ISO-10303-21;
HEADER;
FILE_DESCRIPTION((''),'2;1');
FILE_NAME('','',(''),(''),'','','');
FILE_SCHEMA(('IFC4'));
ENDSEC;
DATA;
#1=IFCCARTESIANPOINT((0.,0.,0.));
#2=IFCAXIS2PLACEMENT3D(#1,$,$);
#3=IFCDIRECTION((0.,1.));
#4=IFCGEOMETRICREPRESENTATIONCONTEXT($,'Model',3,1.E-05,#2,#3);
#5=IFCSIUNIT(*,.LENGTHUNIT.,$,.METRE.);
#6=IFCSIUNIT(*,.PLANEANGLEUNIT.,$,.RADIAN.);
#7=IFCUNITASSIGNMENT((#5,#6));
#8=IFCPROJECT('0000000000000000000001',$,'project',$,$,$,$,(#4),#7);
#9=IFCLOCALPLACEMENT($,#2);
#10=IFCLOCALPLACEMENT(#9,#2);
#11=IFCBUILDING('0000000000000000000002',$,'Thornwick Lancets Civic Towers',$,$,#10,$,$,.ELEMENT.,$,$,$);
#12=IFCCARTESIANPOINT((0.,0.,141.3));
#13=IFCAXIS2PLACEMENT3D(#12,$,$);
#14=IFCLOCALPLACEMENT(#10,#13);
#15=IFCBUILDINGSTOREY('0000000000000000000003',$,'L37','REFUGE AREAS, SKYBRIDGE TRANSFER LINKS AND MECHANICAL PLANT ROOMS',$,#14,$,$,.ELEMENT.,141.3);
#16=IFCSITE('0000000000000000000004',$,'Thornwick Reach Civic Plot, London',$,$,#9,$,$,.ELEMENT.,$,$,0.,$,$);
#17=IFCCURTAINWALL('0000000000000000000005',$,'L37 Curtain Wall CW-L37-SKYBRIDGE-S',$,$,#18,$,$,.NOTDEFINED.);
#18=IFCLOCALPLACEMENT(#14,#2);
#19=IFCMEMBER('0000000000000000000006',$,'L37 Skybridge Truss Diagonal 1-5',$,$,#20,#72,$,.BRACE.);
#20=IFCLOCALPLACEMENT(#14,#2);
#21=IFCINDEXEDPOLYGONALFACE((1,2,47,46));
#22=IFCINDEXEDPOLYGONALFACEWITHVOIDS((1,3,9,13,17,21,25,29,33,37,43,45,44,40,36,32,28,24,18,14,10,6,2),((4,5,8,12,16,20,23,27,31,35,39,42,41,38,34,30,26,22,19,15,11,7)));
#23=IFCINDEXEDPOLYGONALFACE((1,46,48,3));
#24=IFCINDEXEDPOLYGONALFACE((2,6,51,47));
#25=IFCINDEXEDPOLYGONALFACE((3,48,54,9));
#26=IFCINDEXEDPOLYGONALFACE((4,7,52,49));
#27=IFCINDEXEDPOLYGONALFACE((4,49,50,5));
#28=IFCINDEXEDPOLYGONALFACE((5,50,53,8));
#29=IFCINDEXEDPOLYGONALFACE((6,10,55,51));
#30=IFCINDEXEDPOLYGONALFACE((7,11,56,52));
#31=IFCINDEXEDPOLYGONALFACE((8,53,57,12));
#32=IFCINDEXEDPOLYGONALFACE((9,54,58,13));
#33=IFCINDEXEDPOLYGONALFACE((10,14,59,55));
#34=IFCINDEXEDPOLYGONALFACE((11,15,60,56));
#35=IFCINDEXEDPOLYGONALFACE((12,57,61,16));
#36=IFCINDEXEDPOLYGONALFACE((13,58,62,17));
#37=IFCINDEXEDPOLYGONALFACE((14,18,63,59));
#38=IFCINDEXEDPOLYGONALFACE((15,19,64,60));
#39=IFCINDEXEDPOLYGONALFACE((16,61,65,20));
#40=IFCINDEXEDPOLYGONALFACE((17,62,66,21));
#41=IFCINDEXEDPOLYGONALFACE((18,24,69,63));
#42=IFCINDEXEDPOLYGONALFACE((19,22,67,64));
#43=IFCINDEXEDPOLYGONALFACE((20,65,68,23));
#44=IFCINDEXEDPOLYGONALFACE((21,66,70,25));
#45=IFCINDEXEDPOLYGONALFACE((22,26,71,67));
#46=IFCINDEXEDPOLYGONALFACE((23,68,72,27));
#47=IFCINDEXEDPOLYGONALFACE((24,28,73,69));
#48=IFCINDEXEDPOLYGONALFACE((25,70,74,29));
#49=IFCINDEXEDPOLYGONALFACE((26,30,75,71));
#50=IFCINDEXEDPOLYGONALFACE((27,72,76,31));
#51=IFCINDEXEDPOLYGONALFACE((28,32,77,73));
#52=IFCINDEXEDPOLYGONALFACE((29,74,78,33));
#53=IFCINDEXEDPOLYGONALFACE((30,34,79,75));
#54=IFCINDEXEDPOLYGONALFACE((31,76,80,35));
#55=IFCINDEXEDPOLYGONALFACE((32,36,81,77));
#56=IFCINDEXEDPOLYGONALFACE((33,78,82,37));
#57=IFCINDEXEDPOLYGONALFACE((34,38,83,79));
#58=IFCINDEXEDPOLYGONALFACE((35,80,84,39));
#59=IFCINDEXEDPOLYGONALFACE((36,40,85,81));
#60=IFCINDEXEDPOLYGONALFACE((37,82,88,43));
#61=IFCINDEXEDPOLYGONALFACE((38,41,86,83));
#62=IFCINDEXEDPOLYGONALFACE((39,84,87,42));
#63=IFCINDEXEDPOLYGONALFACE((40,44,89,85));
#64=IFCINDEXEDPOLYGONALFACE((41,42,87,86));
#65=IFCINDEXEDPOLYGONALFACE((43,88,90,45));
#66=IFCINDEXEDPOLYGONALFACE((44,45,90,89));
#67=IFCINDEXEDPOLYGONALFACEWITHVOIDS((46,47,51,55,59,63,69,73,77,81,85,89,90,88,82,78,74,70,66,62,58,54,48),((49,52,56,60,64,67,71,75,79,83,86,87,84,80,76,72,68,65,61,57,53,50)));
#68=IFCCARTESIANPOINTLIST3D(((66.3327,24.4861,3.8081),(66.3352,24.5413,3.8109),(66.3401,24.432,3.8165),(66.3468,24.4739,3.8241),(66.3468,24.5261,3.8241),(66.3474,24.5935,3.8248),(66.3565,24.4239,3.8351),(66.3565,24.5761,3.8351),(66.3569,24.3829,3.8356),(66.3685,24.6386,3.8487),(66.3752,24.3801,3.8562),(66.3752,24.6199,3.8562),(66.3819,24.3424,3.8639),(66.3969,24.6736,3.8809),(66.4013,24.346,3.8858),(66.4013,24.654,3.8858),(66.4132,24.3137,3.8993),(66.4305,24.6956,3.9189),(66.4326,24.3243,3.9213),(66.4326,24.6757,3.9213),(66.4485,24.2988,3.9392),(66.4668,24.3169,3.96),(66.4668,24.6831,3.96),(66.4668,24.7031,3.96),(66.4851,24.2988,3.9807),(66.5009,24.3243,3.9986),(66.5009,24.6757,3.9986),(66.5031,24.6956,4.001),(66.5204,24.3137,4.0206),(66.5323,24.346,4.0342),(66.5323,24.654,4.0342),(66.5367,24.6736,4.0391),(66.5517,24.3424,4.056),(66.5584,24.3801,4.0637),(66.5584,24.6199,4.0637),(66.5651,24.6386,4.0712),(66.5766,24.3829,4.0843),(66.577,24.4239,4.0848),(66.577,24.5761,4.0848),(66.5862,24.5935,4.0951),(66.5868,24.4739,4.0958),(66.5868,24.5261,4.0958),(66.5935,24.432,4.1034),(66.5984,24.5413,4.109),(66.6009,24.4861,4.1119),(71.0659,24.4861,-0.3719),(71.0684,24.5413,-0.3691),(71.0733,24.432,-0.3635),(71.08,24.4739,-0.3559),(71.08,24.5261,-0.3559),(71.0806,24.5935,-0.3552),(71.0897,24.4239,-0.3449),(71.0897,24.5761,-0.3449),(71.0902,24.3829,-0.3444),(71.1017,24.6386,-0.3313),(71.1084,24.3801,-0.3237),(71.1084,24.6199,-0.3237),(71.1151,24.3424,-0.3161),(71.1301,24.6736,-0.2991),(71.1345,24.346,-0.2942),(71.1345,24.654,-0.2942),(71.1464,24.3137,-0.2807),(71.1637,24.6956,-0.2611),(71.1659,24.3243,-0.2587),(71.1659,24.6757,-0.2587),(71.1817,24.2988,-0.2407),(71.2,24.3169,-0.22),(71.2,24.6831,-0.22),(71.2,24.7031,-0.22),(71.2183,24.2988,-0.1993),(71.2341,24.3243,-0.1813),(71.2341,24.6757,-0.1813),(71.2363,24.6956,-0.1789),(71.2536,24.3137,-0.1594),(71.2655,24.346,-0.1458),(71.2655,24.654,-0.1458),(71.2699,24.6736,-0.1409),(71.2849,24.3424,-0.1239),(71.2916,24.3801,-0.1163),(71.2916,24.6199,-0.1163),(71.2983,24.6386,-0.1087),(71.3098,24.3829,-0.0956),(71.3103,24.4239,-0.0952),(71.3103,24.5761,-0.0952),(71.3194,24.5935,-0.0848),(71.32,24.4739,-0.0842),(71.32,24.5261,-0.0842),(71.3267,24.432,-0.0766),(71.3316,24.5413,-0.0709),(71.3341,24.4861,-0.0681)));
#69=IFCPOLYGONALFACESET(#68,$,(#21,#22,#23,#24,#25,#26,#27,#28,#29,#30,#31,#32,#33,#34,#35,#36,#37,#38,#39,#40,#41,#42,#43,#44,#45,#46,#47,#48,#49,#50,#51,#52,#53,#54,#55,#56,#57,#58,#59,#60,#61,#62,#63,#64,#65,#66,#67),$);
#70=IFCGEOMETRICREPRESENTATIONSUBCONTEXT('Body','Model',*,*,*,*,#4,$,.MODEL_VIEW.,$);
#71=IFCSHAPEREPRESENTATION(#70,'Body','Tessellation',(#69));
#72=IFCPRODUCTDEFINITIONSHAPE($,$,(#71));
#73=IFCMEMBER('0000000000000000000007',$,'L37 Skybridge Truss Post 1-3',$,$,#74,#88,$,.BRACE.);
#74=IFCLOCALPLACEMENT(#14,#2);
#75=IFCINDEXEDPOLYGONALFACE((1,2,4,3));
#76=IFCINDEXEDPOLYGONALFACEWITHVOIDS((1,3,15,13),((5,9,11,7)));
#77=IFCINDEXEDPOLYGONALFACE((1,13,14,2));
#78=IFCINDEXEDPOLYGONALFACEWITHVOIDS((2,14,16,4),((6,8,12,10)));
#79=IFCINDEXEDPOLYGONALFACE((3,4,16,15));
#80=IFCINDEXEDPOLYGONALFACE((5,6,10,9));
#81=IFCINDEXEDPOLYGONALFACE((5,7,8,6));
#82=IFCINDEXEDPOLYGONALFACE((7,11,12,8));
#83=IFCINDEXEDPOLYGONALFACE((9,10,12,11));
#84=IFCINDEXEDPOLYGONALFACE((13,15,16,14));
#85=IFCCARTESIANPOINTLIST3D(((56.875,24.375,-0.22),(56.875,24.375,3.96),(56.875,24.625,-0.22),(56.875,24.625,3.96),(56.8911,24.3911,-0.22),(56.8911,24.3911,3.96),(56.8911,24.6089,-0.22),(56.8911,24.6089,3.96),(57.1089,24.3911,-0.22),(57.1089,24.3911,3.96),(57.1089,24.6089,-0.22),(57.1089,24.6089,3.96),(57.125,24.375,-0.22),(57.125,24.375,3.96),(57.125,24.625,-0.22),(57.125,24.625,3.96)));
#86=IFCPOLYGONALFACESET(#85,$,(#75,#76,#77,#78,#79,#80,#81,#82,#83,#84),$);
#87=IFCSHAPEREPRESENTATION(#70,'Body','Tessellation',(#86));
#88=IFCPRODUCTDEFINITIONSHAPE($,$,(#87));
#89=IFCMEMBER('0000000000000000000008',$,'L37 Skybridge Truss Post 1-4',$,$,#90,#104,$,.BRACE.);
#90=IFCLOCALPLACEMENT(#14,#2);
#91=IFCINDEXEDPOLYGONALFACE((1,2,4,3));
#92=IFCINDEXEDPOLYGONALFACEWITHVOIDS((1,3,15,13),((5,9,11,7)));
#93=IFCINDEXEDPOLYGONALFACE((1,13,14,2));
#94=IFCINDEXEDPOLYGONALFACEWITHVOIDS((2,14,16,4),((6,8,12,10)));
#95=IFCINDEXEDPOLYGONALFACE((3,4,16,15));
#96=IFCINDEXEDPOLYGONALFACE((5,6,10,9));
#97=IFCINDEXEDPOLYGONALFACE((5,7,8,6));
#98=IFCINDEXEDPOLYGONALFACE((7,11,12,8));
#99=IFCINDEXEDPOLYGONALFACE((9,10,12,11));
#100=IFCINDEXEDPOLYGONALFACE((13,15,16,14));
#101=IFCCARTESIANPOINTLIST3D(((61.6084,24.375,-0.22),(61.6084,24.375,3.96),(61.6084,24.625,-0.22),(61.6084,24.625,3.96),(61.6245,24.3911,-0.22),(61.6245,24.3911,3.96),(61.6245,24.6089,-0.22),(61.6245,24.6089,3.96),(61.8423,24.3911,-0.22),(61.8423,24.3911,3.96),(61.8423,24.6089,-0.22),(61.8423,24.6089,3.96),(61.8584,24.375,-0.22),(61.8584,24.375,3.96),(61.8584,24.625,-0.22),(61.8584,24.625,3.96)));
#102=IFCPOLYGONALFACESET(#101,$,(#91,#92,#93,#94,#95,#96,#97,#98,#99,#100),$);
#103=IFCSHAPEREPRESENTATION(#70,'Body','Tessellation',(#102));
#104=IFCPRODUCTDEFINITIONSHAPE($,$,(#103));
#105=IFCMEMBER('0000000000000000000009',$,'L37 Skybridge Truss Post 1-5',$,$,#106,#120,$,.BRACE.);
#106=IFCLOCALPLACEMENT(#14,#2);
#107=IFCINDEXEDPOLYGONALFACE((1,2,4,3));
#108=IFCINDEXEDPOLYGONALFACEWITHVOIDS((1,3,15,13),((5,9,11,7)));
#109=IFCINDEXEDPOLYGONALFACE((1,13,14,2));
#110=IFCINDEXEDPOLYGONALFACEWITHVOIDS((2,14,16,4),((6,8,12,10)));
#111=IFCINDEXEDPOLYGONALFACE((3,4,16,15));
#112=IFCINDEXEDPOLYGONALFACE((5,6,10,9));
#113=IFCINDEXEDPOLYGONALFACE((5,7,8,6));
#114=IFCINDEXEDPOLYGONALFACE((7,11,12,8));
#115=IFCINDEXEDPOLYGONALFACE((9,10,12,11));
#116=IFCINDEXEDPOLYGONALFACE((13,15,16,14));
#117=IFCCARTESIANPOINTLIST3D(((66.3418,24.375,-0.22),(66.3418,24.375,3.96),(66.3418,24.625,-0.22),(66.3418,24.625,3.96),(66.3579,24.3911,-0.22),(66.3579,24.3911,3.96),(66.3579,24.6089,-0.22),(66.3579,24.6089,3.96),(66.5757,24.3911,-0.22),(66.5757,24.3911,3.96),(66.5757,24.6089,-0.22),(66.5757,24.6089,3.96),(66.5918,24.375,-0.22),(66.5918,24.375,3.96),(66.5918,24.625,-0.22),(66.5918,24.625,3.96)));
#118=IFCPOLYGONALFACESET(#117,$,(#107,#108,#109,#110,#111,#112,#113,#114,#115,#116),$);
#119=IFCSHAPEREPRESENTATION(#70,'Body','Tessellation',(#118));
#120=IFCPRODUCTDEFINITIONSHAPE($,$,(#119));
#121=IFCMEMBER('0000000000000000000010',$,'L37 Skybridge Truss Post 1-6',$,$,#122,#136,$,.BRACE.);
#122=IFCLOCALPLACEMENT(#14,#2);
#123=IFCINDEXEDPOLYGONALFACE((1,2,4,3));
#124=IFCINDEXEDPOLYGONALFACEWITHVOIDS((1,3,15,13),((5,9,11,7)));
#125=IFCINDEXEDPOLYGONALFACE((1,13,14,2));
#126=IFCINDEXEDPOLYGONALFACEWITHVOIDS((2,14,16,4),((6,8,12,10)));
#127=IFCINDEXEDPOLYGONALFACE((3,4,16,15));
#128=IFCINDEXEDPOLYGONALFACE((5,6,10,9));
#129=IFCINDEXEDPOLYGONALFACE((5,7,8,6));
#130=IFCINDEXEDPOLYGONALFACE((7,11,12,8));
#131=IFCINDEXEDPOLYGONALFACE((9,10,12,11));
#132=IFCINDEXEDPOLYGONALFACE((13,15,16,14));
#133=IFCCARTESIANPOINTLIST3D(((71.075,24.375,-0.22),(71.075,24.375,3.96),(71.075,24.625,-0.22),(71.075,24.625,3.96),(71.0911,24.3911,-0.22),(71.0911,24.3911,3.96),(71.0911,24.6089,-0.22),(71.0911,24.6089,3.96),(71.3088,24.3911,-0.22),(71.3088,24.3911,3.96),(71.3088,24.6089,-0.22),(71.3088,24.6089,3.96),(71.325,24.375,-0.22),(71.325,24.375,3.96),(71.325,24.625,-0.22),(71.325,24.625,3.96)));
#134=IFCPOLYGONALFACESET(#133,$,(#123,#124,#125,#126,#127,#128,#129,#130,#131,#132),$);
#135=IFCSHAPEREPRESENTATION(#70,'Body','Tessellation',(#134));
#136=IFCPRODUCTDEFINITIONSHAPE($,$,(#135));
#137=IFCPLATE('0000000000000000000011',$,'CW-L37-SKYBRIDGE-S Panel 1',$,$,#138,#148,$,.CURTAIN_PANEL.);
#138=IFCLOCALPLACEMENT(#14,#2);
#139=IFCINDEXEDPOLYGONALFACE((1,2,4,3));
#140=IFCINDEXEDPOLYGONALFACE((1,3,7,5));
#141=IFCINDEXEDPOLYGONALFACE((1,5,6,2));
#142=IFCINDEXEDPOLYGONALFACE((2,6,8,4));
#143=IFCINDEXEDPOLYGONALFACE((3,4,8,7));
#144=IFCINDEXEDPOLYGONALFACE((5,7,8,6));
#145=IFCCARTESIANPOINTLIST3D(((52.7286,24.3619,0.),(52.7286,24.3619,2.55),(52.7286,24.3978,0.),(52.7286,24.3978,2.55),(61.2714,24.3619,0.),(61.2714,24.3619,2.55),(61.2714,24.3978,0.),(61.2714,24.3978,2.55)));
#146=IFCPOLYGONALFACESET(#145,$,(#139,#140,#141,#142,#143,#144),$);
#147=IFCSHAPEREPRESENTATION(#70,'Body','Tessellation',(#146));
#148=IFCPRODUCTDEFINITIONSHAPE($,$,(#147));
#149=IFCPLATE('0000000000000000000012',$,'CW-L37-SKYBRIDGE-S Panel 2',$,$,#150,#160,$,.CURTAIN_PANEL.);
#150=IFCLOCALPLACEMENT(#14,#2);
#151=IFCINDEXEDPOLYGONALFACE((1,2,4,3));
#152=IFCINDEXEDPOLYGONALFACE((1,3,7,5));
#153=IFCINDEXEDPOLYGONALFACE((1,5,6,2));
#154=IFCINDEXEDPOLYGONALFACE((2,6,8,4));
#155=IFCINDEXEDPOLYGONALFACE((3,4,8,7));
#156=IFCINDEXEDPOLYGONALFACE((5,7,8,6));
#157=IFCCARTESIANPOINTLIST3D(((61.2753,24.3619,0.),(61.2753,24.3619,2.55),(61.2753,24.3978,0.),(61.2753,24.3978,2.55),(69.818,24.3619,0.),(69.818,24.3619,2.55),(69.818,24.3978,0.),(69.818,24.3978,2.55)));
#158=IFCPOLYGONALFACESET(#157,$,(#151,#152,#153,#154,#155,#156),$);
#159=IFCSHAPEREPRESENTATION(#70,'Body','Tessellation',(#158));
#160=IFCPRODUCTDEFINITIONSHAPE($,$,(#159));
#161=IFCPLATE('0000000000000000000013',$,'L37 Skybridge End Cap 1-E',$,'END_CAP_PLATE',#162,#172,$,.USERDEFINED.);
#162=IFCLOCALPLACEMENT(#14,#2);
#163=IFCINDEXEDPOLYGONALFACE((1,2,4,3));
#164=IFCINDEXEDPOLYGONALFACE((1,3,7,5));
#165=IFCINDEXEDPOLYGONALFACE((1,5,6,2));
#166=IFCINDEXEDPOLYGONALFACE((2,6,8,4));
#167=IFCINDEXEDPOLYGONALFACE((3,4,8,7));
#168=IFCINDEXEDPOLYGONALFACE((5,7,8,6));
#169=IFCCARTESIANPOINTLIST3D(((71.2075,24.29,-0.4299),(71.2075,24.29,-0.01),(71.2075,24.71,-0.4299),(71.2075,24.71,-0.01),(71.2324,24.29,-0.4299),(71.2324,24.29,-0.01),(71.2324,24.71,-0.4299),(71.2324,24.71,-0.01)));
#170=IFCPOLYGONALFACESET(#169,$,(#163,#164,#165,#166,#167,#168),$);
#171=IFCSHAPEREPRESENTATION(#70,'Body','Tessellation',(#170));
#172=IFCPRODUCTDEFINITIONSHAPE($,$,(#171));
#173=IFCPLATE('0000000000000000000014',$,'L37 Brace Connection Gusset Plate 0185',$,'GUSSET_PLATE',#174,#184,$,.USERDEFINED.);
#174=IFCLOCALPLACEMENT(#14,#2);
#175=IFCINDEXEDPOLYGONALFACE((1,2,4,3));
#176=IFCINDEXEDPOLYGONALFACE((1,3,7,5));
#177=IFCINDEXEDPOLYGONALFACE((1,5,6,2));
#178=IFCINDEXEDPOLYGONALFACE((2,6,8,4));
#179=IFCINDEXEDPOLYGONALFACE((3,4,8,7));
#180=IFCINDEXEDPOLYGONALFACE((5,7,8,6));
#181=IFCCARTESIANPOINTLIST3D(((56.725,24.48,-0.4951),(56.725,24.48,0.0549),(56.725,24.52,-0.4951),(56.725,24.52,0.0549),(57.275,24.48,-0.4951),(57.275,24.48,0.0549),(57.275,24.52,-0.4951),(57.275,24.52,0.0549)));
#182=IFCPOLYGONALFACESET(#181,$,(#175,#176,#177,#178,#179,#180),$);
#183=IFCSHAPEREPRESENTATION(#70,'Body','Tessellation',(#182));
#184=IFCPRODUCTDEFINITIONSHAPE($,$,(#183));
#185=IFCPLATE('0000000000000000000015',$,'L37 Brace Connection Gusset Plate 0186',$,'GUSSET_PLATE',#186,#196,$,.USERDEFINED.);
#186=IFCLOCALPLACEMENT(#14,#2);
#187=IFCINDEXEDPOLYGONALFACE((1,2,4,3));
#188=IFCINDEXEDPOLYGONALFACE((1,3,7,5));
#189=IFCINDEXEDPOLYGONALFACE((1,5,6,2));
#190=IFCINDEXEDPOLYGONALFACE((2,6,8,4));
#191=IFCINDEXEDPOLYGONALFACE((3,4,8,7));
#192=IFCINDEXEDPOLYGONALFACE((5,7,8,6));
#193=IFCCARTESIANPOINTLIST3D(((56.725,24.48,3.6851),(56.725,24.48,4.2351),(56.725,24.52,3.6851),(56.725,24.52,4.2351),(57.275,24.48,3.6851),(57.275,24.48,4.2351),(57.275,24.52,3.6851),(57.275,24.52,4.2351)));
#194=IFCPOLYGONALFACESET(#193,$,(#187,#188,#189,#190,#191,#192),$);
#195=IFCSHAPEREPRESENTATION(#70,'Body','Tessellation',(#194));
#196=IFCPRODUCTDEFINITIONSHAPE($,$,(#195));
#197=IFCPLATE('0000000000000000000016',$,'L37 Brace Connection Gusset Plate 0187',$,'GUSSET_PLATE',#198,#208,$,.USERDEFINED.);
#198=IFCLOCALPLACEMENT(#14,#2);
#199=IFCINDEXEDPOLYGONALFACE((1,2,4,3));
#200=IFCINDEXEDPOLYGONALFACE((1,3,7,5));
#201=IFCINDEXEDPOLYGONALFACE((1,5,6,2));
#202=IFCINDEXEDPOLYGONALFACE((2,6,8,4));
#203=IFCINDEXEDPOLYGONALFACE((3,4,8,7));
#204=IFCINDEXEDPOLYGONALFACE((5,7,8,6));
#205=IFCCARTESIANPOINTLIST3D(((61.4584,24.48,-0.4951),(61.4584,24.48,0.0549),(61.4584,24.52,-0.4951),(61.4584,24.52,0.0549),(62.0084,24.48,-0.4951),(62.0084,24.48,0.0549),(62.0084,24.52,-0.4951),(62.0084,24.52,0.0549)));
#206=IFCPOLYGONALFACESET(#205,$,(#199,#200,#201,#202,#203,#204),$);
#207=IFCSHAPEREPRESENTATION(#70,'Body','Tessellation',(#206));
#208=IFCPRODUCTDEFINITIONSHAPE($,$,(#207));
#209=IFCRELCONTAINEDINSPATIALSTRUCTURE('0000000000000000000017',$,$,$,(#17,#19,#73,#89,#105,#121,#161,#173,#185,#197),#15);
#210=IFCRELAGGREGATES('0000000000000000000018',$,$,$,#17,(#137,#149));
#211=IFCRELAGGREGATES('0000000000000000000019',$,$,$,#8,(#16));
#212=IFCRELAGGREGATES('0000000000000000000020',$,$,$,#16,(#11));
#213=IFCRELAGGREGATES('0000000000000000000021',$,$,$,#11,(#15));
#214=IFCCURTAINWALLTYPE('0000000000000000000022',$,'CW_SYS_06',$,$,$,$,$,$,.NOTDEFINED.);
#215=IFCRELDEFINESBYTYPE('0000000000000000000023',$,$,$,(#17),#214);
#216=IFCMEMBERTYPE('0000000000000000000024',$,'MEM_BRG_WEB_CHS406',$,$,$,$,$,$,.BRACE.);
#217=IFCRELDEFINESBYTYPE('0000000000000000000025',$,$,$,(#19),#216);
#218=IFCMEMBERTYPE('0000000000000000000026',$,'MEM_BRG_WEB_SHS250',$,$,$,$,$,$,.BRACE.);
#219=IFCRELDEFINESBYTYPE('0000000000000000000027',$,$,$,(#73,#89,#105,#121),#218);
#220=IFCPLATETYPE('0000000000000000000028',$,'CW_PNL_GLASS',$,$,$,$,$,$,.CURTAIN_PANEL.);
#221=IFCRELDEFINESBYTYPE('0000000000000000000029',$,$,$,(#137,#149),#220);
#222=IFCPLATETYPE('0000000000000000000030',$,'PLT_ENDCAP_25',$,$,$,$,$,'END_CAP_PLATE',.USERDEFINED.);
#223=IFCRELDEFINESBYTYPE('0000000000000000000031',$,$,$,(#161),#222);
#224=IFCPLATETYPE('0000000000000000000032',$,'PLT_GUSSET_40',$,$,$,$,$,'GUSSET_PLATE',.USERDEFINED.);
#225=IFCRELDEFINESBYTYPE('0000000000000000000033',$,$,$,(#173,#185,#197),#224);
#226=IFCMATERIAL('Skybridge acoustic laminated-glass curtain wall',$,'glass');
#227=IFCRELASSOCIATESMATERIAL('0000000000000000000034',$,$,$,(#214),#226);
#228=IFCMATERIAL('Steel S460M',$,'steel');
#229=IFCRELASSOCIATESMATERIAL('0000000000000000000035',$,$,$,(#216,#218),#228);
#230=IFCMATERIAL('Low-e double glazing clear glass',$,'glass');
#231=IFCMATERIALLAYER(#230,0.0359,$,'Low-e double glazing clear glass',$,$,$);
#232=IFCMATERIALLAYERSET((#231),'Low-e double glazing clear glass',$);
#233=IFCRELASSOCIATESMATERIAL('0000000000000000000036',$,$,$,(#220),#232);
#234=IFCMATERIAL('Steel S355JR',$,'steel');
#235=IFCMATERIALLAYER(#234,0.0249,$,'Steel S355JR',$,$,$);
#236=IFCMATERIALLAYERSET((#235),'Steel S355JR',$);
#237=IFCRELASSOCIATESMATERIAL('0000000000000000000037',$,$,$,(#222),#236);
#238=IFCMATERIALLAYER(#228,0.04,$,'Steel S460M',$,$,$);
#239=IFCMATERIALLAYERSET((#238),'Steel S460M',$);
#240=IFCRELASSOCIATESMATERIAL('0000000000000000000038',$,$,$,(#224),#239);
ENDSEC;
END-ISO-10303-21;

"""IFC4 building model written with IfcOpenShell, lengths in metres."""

from ifc_helpers import new_model, si_unit, direction, frame, origin, origin_2d, place, context, subcontext, project, spatial, rectangle, hollow_rectangle, hollow_circle, extrude, material, layer, layer_set, material_profile, profile_set, type_object, element, aggregate, save


model = new_model("IFC4")

# Units and contexts
model_context = context("Model", 3, precision=1e-05, world=origin(), true_north=direction((0.0, 1.0)))
body_context = subcontext(model_context, "Body", "Model", "MODEL_VIEW")
ifc_project = project(units=[si_unit("LENGTHUNIT", "METRE"), si_unit("PLANEANGLEUNIT", "RADIAN")], contexts=[model_context])

# Site, building, storey
site_placement = place(None, origin())
site = spatial("IfcSite", under=ifc_project, at=site_placement, Name="Thornwick Reach Civic Plot, London", CompositionType="ELEMENT", RefElevation=0.0)
building_placement = place(site_placement, origin())
building = spatial("IfcBuilding", under=site, at=building_placement, Name="Thornwick Lancets Civic Towers", CompositionType="ELEMENT")
storey_placement = place(building_placement, frame((0.0, 0.0, 141.3)))
storey = spatial("IfcBuildingStorey", under=building, at=storey_placement, Name="L37", Description="REFUGE AREAS, SKYBRIDGE TRANSFER LINKS AND MECHANICAL PLANT ROOMS", CompositionType="ELEMENT", Elevation=141.3)

# Shared definitions
ifc_material_1 = material(Name="Steel S355JR", Category="steel")

# Curtain wall
ifc_material_2 = material(Name="Skybridge acoustic laminated-glass curtain wall", Category="glass")
curtain_wall_type_1 = type_object("IfcCurtainWallType", Name="CW_SYS_06", PredefinedType="NOTDEFINED", material=ifc_material_2)
curtain_wall_1_placement = place(storey_placement, origin())
curtain_wall_1 = element("IfcCurtainWall", 1, at=curtain_wall_1_placement, inside=storey, type_object=curtain_wall_type_1, Name="L37 Curtain Wall CW-L37-SKYBRIDGE-S", PredefinedType="NOTDEFINED")

# Members
ifc_material_3 = material(Name="Steel S460M", Category="steel")
ifc_material_profile_1 = material_profile(ifc_material_3, hollow_circle(Radius=0.2031, WallThickness=0.02, at=origin_2d()), Name="CHS 406.4x20")
ifc_profile_set_1 = profile_set([ifc_material_profile_1], Name="Steel S460M")
member_type_1 = type_object("IfcMemberType", Name="MEM_BRG_WEB_CHS406", PredefinedType="BRACE", material=ifc_profile_set_1)
for number, where, z_axis, x_axis, name in (
    (2, (66.4668, 24.5, 3.96), (0.749553, 0.0, -0.661944), (0.0, 1.0, 0.0), "L37 Skybridge Truss Diagonal 1-5"),
):
    element("IfcMember", number, at=place(storey_placement, frame(where, z_axis=z_axis, x_axis=x_axis)), inside=storey, type_object=member_type_1, Name=name, PredefinedType="BRACE", context=body_context, shape_type="SweptSolid", body=[
        extrude(hollow_circle(Radius=0.2031, WallThickness=0.02, at=origin_2d()), origin(), (0.0, 0.0, 1.0), 6.3147),
    ])
ifc_material_profile_2 = material_profile(ifc_material_3, hollow_rectangle(XDim=0.25, YDim=0.25, WallThickness=0.0161, at=origin_2d()), Name="SHS 250x250x16")
ifc_profile_set_2 = profile_set([ifc_material_profile_2], Name="Steel S460M")
member_type_2 = type_object("IfcMemberType", Name="MEM_BRG_WEB_SHS250", PredefinedType="BRACE", material=ifc_profile_set_2)
for number, where, z_axis, x_axis, name in (
    (3, (57.0, 24.5, -0.22), (0.0, 0.0, 1.0), (1.0, 0.0, 0.0), "L37 Skybridge Truss Post 1-3"),
    (4, (61.7334, 24.5, -0.22), (0.0, 0.0, 1.0), (1.0, 0.0, 0.0), "L37 Skybridge Truss Post 1-4"),
    (5, (66.4668, 24.5, -0.22), (0.0, 0.0, 1.0), (1.0, 0.0, 0.0), "L37 Skybridge Truss Post 1-5"),
    (6, (71.2, 24.5, -0.22), (0.0, 0.0, 1.0), (1.0, 0.0, 0.0), "L37 Skybridge Truss Post 1-6"),
):
    element("IfcMember", number, at=place(storey_placement, frame(where, z_axis=z_axis, x_axis=x_axis)), inside=storey, type_object=member_type_2, Name=name, PredefinedType="BRACE", context=body_context, shape_type="SweptSolid", body=[
        extrude(hollow_rectangle(XDim=0.25, YDim=0.25, WallThickness=0.0161, at=origin_2d()), origin(), (0.0, 0.0, 1.0), 4.1799),
    ])

# Plates
ifc_material_4 = material(Name="Low-e double glazing clear glass", Category="glass")
ifc_layer_1 = layer(ifc_material_4, 0.0359, Name="Low-e double glazing clear glass")
ifc_layer_set_1 = layer_set([ifc_layer_1], Name="Low-e double glazing clear glass")
plate_type_1 = type_object("IfcPlateType", Name="CW_PNL_GLASS", PredefinedType="CURTAIN_PANEL", material=ifc_layer_set_1)
plate_1_placement = place(storey_placement, frame((57.0, 24.3799, 0.0), z_axis=(0.0, 0.0, 1.0), x_axis=(1.0, 0.0, 0.0)))
plate_1 = element("IfcPlate", 7, at=plate_1_placement, type_object=plate_type_1, Name="CW-L37-SKYBRIDGE-S Panel 1", PredefinedType="CURTAIN_PANEL", context=body_context, shape_type="SweptSolid", body=[
    extrude(rectangle(XDim=8.5427, YDim=0.0359, at=origin_2d()), origin(), (0.0, 0.0, 1.0), 2.55),
])
plate_2_placement = place(storey_placement, frame((65.5466, 24.3799, 0.0), z_axis=(0.0, 0.0, 1.0), x_axis=(1.0, 0.0, 0.0)))
plate_2 = element("IfcPlate", 8, at=plate_2_placement, type_object=plate_type_1, Name="CW-L37-SKYBRIDGE-S Panel 2", PredefinedType="CURTAIN_PANEL", context=body_context, shape_type="SweptSolid", body=[
    extrude(rectangle(XDim=8.5427, YDim=0.0359, at=origin_2d()), origin(), (0.0, 0.0, 1.0), 2.55),
])
aggregate(curtain_wall_1, [plate_1, plate_2])

# Plates
ifc_layer_2 = layer(ifc_material_1, 0.0249, Name="Steel S355JR")
ifc_layer_set_2 = layer_set([ifc_layer_2], Name="Steel S355JR")
plate_type_2 = type_object("IfcPlateType", Name="PLT_ENDCAP_25", ElementType="END_CAP_PLATE", PredefinedType="USERDEFINED", material=ifc_layer_set_2)
plate_3_placement = place(storey_placement, frame((71.22, 24.5, -0.4299), z_axis=(0.0, 0.0, 1.0), x_axis=(1.0, 0.0, 0.0)))
element("IfcPlate", 9, at=plate_3_placement, inside=storey, type_object=plate_type_2, Name="L37 Skybridge End Cap 1-E", ObjectType="END_CAP_PLATE", PredefinedType="USERDEFINED", context=body_context, shape_type="SweptSolid", body=[
    extrude(rectangle(XDim=0.0249, YDim=0.4199, at=origin_2d()), origin(), (0.0, 0.0, 1.0), 0.4199),
])
ifc_layer_3 = layer(ifc_material_3, 0.04, Name="Steel S460M")
ifc_layer_set_3 = layer_set([ifc_layer_3], Name="Steel S460M")
plate_type_3 = type_object("IfcPlateType", Name="PLT_GUSSET_40", ElementType="GUSSET_PLATE", PredefinedType="USERDEFINED", material=ifc_layer_set_3)
for number, where, z_axis, x_axis, name in (
    (10, (57.0, 24.5, -0.4951), (0.0, 0.0, 1.0), (1.0, 0.0, 0.0), "L37 Brace Connection Gusset Plate 0185"),
    (11, (57.0, 24.5, 3.6851), (0.0, 0.0, 1.0), (1.0, 0.0, 0.0), "L37 Brace Connection Gusset Plate 0186"),
    (12, (61.7334, 24.5, -0.4951), (0.0, 0.0, 1.0), (1.0, 0.0, 0.0), "L37 Brace Connection Gusset Plate 0187"),
):
    element("IfcPlate", number, at=place(storey_placement, frame(where, z_axis=z_axis, x_axis=x_axis)), inside=storey, type_object=plate_type_3, Name=name, ObjectType="GUSSET_PLATE", PredefinedType="USERDEFINED", context=body_context, shape_type="SweptSolid", body=[
        extrude(rectangle(XDim=0.55, YDim=0.04, at=origin_2d()), origin(), (0.0, 0.0, 1.0), 0.55),
    ])

save(model, "model.ifc")
